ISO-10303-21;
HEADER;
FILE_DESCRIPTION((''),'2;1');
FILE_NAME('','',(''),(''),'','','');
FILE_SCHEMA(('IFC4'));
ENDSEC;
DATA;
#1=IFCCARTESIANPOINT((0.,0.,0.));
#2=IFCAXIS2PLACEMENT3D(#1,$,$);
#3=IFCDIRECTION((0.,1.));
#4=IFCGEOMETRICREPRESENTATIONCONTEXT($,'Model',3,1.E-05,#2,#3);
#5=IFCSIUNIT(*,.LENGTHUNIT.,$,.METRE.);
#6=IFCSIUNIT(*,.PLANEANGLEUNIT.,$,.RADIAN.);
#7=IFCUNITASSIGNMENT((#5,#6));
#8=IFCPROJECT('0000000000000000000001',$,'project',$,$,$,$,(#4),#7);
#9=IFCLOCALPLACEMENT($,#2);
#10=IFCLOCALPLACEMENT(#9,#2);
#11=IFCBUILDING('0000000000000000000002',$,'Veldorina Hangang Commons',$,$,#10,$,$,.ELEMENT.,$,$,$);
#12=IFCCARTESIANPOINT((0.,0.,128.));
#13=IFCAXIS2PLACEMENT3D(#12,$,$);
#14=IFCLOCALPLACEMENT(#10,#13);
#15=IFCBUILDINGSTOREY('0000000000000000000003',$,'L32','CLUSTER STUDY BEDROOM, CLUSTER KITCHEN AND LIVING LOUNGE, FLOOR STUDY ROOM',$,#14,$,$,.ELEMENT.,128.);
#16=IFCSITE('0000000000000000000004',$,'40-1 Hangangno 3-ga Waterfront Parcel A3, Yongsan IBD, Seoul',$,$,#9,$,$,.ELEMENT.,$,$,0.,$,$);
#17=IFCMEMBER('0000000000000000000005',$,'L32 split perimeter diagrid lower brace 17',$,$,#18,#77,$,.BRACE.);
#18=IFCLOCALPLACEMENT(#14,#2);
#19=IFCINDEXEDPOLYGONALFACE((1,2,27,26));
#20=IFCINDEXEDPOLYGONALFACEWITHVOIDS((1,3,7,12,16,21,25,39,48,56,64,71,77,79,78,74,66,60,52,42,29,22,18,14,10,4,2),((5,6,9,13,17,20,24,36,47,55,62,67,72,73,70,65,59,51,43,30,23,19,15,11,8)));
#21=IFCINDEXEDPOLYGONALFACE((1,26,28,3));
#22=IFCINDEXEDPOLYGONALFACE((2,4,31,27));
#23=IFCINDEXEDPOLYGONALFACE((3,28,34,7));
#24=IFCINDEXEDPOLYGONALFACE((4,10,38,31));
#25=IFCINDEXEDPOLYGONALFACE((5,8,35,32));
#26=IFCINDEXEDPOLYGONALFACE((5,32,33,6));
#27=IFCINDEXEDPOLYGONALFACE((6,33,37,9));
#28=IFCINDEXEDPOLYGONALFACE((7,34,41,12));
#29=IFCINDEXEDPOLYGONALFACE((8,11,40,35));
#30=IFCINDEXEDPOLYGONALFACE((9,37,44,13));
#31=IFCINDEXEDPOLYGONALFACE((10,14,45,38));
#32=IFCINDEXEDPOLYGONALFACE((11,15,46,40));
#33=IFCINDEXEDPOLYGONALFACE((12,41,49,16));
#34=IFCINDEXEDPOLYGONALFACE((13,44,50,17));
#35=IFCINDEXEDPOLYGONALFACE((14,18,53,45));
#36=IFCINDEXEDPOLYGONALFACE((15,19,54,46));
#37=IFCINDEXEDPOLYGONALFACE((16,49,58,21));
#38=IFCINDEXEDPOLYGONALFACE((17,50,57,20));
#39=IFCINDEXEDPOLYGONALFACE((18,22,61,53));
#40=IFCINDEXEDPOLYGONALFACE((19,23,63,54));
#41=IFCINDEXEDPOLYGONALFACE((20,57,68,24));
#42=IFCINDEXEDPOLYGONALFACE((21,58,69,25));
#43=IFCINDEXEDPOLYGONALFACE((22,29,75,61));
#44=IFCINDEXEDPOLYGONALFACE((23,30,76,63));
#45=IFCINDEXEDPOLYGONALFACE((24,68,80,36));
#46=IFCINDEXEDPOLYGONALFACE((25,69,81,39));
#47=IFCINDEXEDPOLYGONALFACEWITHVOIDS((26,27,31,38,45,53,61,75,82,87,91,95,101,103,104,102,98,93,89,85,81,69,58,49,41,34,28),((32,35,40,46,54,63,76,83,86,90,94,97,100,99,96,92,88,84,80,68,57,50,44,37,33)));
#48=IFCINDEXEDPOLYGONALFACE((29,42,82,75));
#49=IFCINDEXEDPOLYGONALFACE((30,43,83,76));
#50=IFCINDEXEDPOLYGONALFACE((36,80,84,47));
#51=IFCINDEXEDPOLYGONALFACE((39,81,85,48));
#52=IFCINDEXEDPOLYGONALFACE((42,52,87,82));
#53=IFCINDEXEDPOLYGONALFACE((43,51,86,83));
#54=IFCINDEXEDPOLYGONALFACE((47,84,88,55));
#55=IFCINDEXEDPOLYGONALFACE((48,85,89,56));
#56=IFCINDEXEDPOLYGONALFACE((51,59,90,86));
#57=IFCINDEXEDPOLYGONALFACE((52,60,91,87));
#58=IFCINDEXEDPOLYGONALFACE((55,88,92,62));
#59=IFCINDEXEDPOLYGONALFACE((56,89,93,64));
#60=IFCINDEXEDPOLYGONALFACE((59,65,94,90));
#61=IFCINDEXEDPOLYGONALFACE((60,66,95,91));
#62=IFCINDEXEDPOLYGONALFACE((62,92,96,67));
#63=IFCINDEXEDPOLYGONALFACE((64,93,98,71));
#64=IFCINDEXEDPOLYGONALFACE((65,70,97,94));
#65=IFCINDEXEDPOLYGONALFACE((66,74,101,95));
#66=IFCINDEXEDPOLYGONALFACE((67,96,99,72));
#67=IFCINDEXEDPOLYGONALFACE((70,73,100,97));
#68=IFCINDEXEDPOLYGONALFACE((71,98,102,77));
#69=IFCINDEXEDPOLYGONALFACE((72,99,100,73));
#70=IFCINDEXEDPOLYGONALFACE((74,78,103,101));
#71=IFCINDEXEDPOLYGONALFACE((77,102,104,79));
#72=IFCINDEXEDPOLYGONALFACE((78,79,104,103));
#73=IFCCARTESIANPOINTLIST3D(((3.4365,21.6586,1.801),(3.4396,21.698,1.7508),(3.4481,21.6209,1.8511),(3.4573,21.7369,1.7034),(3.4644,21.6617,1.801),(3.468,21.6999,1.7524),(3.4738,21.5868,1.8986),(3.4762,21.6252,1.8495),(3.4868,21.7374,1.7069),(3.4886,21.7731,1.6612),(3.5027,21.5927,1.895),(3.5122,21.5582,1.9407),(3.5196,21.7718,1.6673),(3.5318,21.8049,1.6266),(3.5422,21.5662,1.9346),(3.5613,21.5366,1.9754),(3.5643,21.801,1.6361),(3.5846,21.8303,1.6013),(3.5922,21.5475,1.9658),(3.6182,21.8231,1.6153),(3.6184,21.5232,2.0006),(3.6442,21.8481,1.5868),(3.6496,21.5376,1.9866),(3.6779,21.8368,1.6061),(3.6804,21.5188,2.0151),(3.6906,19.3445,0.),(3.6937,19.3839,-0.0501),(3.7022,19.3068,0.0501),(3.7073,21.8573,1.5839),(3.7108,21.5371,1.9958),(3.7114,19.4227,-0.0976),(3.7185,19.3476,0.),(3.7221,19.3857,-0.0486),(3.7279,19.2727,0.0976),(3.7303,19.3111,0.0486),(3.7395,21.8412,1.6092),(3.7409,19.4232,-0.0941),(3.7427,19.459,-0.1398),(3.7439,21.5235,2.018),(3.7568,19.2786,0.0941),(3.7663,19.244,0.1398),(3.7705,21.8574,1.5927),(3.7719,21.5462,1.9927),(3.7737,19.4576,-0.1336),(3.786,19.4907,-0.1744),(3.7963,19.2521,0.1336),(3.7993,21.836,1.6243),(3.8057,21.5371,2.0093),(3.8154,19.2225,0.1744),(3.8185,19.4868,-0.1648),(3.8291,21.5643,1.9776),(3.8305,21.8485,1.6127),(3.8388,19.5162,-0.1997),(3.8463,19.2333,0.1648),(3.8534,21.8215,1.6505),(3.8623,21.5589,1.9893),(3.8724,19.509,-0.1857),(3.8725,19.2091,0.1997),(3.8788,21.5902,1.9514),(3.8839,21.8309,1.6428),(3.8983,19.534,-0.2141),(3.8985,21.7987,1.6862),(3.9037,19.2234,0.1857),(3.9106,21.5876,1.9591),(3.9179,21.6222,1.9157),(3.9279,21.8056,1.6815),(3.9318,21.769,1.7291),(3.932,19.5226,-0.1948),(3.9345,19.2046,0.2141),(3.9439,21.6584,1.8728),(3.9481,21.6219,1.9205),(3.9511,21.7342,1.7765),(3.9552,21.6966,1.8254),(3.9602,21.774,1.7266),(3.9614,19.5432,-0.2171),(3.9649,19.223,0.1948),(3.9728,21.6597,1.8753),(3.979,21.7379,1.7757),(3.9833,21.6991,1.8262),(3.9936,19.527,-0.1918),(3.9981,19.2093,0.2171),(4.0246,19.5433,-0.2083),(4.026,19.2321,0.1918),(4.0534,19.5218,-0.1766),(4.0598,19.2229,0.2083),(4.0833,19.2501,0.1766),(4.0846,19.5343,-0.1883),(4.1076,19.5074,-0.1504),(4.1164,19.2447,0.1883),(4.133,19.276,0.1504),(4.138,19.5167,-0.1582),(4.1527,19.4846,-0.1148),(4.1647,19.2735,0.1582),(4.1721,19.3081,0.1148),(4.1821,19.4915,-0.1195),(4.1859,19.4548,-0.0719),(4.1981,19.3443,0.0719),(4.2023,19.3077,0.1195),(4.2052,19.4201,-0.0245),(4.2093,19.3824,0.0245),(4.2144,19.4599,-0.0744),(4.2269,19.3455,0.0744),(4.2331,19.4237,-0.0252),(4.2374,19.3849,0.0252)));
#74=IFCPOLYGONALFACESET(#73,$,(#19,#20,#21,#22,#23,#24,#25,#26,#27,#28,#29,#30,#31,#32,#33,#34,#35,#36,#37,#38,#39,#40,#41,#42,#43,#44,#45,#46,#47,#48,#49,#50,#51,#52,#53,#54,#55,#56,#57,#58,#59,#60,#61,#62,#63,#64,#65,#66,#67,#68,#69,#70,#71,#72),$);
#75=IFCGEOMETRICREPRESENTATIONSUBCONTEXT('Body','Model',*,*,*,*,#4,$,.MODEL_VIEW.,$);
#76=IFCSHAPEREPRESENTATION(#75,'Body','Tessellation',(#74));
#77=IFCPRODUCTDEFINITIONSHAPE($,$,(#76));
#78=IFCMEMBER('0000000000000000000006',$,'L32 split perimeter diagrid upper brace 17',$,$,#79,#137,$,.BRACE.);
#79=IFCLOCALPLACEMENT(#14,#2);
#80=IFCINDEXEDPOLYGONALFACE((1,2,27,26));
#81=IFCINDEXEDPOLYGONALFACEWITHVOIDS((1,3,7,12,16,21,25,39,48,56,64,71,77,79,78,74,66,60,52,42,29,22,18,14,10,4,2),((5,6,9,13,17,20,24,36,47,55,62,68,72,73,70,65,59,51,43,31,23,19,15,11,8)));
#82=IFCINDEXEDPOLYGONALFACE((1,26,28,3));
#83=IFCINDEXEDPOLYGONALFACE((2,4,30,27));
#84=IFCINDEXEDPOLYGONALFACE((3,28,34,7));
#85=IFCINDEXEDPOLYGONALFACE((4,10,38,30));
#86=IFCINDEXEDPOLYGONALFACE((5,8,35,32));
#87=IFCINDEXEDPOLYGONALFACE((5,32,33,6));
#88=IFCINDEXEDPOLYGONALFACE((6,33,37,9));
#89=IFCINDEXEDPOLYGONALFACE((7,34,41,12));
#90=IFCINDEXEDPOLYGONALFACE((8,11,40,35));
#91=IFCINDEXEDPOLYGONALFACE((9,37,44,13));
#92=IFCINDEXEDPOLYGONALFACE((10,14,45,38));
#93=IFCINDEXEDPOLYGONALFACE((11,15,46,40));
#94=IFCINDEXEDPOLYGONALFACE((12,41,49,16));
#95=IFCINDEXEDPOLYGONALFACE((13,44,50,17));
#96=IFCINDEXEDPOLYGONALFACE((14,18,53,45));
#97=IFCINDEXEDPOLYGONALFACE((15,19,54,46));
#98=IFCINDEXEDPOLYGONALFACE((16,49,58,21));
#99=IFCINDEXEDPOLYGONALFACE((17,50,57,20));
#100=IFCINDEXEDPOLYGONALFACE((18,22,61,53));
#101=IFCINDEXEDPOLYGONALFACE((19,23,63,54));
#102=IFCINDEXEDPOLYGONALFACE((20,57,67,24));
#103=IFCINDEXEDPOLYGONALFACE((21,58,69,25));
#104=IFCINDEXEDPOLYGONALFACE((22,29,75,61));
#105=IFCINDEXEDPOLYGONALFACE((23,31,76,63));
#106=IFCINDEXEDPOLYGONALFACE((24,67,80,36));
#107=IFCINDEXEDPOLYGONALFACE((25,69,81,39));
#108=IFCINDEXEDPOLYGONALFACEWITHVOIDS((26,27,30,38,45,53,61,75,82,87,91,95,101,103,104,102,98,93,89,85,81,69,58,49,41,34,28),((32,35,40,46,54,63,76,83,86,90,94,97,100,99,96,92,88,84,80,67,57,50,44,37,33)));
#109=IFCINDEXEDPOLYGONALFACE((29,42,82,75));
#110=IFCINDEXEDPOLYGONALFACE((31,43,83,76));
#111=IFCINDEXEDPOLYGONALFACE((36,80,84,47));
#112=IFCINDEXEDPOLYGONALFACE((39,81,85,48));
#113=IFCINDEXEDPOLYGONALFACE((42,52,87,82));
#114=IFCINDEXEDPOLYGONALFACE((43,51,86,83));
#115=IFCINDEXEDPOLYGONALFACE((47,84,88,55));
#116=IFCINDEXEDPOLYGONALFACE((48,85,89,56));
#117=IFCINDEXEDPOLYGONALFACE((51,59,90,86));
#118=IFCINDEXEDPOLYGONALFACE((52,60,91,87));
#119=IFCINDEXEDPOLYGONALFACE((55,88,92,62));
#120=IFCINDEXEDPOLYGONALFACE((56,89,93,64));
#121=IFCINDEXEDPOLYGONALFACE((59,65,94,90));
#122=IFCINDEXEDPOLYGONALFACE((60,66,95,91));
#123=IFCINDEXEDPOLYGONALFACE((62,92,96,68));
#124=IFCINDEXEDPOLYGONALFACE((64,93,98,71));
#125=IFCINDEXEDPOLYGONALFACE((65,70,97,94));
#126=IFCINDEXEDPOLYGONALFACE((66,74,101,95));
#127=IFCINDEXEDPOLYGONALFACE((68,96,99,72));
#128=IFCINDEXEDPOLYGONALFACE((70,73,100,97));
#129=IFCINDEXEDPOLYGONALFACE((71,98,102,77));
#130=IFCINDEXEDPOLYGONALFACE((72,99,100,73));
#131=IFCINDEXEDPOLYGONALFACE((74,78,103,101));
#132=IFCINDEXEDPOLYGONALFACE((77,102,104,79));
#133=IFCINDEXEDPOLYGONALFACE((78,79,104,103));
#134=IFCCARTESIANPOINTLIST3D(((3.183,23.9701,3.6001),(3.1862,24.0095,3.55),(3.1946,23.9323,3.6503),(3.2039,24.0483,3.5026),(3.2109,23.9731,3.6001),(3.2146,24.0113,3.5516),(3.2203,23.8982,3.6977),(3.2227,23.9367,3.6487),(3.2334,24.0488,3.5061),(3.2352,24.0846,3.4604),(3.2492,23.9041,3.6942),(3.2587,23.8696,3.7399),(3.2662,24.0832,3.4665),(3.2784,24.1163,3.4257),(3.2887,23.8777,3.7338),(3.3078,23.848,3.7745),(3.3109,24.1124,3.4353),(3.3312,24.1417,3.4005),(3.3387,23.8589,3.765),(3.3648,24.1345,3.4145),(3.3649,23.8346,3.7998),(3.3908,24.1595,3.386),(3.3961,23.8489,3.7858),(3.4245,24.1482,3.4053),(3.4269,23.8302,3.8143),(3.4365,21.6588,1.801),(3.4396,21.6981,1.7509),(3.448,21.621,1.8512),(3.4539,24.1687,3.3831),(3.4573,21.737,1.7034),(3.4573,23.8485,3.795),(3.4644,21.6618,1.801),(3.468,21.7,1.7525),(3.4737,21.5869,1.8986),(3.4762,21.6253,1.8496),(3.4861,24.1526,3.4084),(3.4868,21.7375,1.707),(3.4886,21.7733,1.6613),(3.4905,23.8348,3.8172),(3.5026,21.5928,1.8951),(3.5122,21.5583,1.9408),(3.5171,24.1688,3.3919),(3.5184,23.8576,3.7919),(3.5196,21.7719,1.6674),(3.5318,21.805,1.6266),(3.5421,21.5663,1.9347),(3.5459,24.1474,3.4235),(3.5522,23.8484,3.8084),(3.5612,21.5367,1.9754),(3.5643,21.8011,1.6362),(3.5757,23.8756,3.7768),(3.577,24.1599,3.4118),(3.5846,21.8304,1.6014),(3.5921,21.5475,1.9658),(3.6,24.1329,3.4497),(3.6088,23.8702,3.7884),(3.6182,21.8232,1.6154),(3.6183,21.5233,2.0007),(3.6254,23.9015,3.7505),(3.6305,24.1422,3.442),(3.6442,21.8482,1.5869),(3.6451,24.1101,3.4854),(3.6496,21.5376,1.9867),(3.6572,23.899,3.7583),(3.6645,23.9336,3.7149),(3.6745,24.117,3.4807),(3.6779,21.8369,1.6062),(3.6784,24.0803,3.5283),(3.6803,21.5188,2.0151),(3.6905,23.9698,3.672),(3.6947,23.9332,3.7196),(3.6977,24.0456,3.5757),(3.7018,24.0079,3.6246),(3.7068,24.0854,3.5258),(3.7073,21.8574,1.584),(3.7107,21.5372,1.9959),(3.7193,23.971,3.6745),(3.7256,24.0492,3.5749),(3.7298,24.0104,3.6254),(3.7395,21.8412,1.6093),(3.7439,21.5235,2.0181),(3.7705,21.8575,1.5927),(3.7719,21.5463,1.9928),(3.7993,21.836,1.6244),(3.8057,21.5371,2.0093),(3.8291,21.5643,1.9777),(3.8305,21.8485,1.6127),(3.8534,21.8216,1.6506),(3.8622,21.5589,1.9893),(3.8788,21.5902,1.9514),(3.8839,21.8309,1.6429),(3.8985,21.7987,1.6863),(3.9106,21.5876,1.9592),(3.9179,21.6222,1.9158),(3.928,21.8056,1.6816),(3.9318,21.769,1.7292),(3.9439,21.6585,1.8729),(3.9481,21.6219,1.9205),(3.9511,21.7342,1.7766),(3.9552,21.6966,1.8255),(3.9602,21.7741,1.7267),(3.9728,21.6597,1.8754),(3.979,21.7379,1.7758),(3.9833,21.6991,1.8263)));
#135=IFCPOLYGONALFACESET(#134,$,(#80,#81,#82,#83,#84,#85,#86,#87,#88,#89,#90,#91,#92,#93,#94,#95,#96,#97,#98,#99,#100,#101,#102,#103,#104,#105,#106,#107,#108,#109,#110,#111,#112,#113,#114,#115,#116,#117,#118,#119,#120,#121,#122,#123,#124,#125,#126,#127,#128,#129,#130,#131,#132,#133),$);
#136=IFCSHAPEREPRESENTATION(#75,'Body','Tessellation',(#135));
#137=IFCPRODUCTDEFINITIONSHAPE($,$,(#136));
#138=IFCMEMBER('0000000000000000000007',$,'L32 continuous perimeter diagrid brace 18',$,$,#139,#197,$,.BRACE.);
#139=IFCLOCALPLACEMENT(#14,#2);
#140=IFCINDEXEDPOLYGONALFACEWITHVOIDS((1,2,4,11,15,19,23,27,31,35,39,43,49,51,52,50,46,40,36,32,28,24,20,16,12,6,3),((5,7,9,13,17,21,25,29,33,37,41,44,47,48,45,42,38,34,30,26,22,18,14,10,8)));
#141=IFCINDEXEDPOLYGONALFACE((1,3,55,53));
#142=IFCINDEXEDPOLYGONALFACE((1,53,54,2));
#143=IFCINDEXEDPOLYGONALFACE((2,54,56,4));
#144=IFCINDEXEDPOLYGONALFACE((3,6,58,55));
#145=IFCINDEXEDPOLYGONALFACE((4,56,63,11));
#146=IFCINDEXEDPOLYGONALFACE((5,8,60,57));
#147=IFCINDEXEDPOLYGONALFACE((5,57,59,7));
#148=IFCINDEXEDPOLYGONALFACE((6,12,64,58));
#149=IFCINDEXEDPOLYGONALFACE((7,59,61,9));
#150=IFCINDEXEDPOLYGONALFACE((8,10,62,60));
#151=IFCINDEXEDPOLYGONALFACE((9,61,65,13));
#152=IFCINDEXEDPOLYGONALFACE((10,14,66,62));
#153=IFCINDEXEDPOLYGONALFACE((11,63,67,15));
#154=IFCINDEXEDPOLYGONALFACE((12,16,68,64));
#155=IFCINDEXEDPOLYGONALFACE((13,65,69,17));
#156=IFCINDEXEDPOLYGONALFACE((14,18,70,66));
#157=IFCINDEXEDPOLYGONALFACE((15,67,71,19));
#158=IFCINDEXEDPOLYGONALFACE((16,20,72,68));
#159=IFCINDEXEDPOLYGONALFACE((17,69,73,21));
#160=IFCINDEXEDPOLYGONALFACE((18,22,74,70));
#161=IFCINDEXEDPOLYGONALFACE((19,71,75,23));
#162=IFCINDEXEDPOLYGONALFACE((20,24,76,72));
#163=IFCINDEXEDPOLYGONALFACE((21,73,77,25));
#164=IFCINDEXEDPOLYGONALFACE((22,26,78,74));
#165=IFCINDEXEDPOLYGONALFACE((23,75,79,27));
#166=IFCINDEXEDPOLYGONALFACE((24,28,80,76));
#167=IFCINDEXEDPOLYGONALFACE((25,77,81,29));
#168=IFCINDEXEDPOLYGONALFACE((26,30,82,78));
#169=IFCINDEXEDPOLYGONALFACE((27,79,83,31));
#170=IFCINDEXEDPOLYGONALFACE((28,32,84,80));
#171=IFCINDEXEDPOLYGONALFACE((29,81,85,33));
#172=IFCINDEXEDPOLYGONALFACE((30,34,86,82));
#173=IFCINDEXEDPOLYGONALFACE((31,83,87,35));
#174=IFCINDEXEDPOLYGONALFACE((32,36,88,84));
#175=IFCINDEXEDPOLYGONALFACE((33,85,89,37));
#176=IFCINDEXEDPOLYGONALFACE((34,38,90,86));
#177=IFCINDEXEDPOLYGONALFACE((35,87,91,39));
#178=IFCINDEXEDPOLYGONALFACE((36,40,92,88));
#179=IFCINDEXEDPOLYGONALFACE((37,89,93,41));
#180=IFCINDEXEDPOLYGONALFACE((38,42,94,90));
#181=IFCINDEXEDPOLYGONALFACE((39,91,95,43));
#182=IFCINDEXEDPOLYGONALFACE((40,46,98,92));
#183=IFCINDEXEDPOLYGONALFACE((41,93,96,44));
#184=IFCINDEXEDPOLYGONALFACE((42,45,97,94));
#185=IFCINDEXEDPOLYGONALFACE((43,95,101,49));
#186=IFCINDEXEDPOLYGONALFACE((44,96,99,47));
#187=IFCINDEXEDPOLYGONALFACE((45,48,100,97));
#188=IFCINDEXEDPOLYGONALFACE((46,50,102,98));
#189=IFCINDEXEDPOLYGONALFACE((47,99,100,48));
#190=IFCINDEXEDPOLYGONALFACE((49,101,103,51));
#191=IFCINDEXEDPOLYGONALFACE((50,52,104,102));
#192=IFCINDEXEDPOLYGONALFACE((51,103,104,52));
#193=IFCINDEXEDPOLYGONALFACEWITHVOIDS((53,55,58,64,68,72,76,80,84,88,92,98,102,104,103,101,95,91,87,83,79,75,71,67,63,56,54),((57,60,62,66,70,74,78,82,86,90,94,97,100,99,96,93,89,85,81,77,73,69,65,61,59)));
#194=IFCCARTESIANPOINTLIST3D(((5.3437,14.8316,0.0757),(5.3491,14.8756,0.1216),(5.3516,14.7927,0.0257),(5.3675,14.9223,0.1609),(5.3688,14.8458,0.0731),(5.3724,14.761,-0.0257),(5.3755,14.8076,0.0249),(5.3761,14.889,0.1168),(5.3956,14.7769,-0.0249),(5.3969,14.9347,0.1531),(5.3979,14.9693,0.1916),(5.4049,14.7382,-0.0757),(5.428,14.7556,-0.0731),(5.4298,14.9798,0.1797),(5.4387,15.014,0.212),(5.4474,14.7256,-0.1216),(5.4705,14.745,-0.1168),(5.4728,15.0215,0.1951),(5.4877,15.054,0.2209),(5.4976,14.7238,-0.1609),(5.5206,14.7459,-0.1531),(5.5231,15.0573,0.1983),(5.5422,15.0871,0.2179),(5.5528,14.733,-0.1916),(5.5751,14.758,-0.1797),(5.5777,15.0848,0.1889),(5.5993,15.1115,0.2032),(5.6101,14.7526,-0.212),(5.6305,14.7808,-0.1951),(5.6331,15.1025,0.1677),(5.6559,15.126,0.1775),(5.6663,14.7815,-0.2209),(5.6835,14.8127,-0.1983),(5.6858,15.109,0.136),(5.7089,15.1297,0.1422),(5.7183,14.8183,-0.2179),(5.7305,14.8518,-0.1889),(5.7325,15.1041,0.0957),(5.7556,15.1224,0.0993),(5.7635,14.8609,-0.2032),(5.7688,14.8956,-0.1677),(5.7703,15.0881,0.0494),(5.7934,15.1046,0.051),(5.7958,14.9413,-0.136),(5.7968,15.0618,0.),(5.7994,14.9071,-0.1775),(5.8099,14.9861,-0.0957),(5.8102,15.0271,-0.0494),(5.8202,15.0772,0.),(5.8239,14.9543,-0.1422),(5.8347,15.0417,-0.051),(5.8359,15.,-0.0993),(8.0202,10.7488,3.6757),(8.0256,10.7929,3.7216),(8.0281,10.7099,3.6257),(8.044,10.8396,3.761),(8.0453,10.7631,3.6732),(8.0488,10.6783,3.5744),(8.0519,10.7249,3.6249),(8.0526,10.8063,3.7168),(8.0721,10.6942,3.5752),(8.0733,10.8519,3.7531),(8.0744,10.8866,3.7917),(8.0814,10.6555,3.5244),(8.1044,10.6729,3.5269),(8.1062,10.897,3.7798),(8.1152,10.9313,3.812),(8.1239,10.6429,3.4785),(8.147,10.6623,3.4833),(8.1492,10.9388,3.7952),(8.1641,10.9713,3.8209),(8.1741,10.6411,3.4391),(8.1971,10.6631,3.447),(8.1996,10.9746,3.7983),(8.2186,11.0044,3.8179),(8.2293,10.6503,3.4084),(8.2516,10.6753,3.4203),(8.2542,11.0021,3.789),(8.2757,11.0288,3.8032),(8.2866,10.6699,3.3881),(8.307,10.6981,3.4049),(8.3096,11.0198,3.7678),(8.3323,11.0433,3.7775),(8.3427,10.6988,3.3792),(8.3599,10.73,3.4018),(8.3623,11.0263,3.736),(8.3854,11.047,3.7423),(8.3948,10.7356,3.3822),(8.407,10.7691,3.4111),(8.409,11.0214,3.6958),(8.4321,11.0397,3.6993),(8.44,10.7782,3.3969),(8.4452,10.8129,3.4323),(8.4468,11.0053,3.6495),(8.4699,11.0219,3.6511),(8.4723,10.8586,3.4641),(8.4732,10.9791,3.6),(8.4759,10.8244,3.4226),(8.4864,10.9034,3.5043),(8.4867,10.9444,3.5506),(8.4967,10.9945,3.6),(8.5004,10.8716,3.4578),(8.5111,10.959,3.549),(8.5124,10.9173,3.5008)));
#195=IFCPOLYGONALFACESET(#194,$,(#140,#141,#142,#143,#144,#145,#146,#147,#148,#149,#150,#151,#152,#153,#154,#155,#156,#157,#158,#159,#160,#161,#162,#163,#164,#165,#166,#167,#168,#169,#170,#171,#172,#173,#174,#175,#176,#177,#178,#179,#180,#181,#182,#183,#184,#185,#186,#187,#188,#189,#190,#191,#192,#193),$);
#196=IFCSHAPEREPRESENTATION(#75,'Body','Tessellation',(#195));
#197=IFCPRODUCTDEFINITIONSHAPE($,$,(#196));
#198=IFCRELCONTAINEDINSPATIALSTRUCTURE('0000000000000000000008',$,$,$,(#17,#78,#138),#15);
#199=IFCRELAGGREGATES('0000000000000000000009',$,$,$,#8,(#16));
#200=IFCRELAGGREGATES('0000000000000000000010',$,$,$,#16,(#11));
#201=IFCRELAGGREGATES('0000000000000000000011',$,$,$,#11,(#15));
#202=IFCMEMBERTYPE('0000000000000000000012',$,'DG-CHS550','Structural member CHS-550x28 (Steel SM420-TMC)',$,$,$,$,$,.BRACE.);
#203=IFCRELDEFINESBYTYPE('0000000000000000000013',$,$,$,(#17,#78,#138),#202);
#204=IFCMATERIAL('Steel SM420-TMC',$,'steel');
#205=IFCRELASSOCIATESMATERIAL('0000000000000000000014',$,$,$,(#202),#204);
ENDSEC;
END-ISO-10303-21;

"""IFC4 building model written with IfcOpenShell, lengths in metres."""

from ifc_helpers import new_model, si_unit, direction, frame, origin, origin_2d, place, context, subcontext, project, spatial, hollow_circle, extrude, material, material_profile, profile_set, type_object, element, save


model = new_model("IFC4")

# Units and contexts
model_context = context("Model", 3, precision=1e-05, world=origin(), true_north=direction((0.0, 1.0)))
body_context = subcontext(model_context, "Body", "Model", "MODEL_VIEW")
ifc_project = project(units=[si_unit("LENGTHUNIT", "METRE"), si_unit("PLANEANGLEUNIT", "RADIAN")], contexts=[model_context])

# Site, building, storey
site_placement = place(None, origin())
site = spatial("IfcSite", under=ifc_project, at=site_placement, Name="40-1 Hangangno 3-ga Waterfront Parcel A3, Yongsan IBD, Seoul", CompositionType="ELEMENT", RefElevation=0.0)
building_placement = place(site_placement, origin())
building = spatial("IfcBuilding", under=site, at=building_placement, Name="Veldorina Hangang Commons", CompositionType="ELEMENT")
storey_placement = place(building_placement, frame((0.0, 0.0, 128.0)))
storey = spatial("IfcBuildingStorey", under=building, at=storey_placement, Name="L32", Description="CLUSTER STUDY BEDROOM, CLUSTER KITCHEN AND LIVING LOUNGE, FLOOR STUDY ROOM", CompositionType="ELEMENT", Elevation=128.0)

# Shared definitions
ifc_material_1 = material(Name="Steel SM420-TMC", Category="steel")

# Members
ifc_material_profile_1 = material_profile(ifc_material_1, hollow_circle(Radius=0.2749, WallThickness=0.0281, at=origin_2d()), Name="CHS-550x28")
ifc_profile_set_1 = profile_set([ifc_material_profile_1], Name="Steel SM420-TMC")
member_type = type_object("IfcMemberType", Name="DG-CHS550", Description="Structural member CHS-550x28 (Steel SM420-TMC)", PredefinedType="BRACE", material=ifc_profile_set_1)
member_1_placement = place(storey_placement, frame((3.9639, 19.3745, 0.0), z_axis=(-0.086345, 0.786226, 0.611877), x_axis=(-0.994024, -0.109165, 0.0)))
element("IfcMember", 1, at=member_1_placement, inside=storey, type_object=member_type, Name="L32 split perimeter diagrid lower brace 17", PredefinedType="BRACE", context=body_context, shape_type="SweptSolid", body=[
    extrude(hollow_circle(Radius=0.2749, WallThickness=0.0281, at=origin_2d()), origin(), (0.0, 0.0, 1.0), 2.9434),
])
member_2_placement = place(storey_placement, frame((3.7097, 21.6887, 1.801), z_axis=(-0.0862, 0.786182, 0.611954), x_axis=(-0.994043, -0.108991, 0.0)))
element("IfcMember", 2, at=member_2_placement, inside=storey, type_object=member_type, Name="L32 split perimeter diagrid upper brace 17", PredefinedType="BRACE", context=body_context, shape_type="SweptSolid", body=[
    extrude(hollow_circle(Radius=0.2749, WallThickness=0.0281, at=origin_2d()), origin(), (0.0, 0.0, 1.0), 2.9399),
])
member_3_placement = place(storey_placement, frame((5.5903, 14.9265, 0.0), z_axis=(0.44125, -0.673084, 0.593512), x_axis=(0.836311, 0.548255, 0.0)))
element("IfcMember", 3, at=member_3_placement, inside=storey, type_object=member_type, Name="L32 continuous perimeter diagrid brace 18", PredefinedType="BRACE", context=body_context, shape_type="SweptSolid", body=[
    extrude(hollow_circle(Radius=0.2749, WallThickness=0.0281, at=origin_2d()), origin(), (0.0, 0.0, 1.0), 6.0657),
])

save(model, "model.ifc")
